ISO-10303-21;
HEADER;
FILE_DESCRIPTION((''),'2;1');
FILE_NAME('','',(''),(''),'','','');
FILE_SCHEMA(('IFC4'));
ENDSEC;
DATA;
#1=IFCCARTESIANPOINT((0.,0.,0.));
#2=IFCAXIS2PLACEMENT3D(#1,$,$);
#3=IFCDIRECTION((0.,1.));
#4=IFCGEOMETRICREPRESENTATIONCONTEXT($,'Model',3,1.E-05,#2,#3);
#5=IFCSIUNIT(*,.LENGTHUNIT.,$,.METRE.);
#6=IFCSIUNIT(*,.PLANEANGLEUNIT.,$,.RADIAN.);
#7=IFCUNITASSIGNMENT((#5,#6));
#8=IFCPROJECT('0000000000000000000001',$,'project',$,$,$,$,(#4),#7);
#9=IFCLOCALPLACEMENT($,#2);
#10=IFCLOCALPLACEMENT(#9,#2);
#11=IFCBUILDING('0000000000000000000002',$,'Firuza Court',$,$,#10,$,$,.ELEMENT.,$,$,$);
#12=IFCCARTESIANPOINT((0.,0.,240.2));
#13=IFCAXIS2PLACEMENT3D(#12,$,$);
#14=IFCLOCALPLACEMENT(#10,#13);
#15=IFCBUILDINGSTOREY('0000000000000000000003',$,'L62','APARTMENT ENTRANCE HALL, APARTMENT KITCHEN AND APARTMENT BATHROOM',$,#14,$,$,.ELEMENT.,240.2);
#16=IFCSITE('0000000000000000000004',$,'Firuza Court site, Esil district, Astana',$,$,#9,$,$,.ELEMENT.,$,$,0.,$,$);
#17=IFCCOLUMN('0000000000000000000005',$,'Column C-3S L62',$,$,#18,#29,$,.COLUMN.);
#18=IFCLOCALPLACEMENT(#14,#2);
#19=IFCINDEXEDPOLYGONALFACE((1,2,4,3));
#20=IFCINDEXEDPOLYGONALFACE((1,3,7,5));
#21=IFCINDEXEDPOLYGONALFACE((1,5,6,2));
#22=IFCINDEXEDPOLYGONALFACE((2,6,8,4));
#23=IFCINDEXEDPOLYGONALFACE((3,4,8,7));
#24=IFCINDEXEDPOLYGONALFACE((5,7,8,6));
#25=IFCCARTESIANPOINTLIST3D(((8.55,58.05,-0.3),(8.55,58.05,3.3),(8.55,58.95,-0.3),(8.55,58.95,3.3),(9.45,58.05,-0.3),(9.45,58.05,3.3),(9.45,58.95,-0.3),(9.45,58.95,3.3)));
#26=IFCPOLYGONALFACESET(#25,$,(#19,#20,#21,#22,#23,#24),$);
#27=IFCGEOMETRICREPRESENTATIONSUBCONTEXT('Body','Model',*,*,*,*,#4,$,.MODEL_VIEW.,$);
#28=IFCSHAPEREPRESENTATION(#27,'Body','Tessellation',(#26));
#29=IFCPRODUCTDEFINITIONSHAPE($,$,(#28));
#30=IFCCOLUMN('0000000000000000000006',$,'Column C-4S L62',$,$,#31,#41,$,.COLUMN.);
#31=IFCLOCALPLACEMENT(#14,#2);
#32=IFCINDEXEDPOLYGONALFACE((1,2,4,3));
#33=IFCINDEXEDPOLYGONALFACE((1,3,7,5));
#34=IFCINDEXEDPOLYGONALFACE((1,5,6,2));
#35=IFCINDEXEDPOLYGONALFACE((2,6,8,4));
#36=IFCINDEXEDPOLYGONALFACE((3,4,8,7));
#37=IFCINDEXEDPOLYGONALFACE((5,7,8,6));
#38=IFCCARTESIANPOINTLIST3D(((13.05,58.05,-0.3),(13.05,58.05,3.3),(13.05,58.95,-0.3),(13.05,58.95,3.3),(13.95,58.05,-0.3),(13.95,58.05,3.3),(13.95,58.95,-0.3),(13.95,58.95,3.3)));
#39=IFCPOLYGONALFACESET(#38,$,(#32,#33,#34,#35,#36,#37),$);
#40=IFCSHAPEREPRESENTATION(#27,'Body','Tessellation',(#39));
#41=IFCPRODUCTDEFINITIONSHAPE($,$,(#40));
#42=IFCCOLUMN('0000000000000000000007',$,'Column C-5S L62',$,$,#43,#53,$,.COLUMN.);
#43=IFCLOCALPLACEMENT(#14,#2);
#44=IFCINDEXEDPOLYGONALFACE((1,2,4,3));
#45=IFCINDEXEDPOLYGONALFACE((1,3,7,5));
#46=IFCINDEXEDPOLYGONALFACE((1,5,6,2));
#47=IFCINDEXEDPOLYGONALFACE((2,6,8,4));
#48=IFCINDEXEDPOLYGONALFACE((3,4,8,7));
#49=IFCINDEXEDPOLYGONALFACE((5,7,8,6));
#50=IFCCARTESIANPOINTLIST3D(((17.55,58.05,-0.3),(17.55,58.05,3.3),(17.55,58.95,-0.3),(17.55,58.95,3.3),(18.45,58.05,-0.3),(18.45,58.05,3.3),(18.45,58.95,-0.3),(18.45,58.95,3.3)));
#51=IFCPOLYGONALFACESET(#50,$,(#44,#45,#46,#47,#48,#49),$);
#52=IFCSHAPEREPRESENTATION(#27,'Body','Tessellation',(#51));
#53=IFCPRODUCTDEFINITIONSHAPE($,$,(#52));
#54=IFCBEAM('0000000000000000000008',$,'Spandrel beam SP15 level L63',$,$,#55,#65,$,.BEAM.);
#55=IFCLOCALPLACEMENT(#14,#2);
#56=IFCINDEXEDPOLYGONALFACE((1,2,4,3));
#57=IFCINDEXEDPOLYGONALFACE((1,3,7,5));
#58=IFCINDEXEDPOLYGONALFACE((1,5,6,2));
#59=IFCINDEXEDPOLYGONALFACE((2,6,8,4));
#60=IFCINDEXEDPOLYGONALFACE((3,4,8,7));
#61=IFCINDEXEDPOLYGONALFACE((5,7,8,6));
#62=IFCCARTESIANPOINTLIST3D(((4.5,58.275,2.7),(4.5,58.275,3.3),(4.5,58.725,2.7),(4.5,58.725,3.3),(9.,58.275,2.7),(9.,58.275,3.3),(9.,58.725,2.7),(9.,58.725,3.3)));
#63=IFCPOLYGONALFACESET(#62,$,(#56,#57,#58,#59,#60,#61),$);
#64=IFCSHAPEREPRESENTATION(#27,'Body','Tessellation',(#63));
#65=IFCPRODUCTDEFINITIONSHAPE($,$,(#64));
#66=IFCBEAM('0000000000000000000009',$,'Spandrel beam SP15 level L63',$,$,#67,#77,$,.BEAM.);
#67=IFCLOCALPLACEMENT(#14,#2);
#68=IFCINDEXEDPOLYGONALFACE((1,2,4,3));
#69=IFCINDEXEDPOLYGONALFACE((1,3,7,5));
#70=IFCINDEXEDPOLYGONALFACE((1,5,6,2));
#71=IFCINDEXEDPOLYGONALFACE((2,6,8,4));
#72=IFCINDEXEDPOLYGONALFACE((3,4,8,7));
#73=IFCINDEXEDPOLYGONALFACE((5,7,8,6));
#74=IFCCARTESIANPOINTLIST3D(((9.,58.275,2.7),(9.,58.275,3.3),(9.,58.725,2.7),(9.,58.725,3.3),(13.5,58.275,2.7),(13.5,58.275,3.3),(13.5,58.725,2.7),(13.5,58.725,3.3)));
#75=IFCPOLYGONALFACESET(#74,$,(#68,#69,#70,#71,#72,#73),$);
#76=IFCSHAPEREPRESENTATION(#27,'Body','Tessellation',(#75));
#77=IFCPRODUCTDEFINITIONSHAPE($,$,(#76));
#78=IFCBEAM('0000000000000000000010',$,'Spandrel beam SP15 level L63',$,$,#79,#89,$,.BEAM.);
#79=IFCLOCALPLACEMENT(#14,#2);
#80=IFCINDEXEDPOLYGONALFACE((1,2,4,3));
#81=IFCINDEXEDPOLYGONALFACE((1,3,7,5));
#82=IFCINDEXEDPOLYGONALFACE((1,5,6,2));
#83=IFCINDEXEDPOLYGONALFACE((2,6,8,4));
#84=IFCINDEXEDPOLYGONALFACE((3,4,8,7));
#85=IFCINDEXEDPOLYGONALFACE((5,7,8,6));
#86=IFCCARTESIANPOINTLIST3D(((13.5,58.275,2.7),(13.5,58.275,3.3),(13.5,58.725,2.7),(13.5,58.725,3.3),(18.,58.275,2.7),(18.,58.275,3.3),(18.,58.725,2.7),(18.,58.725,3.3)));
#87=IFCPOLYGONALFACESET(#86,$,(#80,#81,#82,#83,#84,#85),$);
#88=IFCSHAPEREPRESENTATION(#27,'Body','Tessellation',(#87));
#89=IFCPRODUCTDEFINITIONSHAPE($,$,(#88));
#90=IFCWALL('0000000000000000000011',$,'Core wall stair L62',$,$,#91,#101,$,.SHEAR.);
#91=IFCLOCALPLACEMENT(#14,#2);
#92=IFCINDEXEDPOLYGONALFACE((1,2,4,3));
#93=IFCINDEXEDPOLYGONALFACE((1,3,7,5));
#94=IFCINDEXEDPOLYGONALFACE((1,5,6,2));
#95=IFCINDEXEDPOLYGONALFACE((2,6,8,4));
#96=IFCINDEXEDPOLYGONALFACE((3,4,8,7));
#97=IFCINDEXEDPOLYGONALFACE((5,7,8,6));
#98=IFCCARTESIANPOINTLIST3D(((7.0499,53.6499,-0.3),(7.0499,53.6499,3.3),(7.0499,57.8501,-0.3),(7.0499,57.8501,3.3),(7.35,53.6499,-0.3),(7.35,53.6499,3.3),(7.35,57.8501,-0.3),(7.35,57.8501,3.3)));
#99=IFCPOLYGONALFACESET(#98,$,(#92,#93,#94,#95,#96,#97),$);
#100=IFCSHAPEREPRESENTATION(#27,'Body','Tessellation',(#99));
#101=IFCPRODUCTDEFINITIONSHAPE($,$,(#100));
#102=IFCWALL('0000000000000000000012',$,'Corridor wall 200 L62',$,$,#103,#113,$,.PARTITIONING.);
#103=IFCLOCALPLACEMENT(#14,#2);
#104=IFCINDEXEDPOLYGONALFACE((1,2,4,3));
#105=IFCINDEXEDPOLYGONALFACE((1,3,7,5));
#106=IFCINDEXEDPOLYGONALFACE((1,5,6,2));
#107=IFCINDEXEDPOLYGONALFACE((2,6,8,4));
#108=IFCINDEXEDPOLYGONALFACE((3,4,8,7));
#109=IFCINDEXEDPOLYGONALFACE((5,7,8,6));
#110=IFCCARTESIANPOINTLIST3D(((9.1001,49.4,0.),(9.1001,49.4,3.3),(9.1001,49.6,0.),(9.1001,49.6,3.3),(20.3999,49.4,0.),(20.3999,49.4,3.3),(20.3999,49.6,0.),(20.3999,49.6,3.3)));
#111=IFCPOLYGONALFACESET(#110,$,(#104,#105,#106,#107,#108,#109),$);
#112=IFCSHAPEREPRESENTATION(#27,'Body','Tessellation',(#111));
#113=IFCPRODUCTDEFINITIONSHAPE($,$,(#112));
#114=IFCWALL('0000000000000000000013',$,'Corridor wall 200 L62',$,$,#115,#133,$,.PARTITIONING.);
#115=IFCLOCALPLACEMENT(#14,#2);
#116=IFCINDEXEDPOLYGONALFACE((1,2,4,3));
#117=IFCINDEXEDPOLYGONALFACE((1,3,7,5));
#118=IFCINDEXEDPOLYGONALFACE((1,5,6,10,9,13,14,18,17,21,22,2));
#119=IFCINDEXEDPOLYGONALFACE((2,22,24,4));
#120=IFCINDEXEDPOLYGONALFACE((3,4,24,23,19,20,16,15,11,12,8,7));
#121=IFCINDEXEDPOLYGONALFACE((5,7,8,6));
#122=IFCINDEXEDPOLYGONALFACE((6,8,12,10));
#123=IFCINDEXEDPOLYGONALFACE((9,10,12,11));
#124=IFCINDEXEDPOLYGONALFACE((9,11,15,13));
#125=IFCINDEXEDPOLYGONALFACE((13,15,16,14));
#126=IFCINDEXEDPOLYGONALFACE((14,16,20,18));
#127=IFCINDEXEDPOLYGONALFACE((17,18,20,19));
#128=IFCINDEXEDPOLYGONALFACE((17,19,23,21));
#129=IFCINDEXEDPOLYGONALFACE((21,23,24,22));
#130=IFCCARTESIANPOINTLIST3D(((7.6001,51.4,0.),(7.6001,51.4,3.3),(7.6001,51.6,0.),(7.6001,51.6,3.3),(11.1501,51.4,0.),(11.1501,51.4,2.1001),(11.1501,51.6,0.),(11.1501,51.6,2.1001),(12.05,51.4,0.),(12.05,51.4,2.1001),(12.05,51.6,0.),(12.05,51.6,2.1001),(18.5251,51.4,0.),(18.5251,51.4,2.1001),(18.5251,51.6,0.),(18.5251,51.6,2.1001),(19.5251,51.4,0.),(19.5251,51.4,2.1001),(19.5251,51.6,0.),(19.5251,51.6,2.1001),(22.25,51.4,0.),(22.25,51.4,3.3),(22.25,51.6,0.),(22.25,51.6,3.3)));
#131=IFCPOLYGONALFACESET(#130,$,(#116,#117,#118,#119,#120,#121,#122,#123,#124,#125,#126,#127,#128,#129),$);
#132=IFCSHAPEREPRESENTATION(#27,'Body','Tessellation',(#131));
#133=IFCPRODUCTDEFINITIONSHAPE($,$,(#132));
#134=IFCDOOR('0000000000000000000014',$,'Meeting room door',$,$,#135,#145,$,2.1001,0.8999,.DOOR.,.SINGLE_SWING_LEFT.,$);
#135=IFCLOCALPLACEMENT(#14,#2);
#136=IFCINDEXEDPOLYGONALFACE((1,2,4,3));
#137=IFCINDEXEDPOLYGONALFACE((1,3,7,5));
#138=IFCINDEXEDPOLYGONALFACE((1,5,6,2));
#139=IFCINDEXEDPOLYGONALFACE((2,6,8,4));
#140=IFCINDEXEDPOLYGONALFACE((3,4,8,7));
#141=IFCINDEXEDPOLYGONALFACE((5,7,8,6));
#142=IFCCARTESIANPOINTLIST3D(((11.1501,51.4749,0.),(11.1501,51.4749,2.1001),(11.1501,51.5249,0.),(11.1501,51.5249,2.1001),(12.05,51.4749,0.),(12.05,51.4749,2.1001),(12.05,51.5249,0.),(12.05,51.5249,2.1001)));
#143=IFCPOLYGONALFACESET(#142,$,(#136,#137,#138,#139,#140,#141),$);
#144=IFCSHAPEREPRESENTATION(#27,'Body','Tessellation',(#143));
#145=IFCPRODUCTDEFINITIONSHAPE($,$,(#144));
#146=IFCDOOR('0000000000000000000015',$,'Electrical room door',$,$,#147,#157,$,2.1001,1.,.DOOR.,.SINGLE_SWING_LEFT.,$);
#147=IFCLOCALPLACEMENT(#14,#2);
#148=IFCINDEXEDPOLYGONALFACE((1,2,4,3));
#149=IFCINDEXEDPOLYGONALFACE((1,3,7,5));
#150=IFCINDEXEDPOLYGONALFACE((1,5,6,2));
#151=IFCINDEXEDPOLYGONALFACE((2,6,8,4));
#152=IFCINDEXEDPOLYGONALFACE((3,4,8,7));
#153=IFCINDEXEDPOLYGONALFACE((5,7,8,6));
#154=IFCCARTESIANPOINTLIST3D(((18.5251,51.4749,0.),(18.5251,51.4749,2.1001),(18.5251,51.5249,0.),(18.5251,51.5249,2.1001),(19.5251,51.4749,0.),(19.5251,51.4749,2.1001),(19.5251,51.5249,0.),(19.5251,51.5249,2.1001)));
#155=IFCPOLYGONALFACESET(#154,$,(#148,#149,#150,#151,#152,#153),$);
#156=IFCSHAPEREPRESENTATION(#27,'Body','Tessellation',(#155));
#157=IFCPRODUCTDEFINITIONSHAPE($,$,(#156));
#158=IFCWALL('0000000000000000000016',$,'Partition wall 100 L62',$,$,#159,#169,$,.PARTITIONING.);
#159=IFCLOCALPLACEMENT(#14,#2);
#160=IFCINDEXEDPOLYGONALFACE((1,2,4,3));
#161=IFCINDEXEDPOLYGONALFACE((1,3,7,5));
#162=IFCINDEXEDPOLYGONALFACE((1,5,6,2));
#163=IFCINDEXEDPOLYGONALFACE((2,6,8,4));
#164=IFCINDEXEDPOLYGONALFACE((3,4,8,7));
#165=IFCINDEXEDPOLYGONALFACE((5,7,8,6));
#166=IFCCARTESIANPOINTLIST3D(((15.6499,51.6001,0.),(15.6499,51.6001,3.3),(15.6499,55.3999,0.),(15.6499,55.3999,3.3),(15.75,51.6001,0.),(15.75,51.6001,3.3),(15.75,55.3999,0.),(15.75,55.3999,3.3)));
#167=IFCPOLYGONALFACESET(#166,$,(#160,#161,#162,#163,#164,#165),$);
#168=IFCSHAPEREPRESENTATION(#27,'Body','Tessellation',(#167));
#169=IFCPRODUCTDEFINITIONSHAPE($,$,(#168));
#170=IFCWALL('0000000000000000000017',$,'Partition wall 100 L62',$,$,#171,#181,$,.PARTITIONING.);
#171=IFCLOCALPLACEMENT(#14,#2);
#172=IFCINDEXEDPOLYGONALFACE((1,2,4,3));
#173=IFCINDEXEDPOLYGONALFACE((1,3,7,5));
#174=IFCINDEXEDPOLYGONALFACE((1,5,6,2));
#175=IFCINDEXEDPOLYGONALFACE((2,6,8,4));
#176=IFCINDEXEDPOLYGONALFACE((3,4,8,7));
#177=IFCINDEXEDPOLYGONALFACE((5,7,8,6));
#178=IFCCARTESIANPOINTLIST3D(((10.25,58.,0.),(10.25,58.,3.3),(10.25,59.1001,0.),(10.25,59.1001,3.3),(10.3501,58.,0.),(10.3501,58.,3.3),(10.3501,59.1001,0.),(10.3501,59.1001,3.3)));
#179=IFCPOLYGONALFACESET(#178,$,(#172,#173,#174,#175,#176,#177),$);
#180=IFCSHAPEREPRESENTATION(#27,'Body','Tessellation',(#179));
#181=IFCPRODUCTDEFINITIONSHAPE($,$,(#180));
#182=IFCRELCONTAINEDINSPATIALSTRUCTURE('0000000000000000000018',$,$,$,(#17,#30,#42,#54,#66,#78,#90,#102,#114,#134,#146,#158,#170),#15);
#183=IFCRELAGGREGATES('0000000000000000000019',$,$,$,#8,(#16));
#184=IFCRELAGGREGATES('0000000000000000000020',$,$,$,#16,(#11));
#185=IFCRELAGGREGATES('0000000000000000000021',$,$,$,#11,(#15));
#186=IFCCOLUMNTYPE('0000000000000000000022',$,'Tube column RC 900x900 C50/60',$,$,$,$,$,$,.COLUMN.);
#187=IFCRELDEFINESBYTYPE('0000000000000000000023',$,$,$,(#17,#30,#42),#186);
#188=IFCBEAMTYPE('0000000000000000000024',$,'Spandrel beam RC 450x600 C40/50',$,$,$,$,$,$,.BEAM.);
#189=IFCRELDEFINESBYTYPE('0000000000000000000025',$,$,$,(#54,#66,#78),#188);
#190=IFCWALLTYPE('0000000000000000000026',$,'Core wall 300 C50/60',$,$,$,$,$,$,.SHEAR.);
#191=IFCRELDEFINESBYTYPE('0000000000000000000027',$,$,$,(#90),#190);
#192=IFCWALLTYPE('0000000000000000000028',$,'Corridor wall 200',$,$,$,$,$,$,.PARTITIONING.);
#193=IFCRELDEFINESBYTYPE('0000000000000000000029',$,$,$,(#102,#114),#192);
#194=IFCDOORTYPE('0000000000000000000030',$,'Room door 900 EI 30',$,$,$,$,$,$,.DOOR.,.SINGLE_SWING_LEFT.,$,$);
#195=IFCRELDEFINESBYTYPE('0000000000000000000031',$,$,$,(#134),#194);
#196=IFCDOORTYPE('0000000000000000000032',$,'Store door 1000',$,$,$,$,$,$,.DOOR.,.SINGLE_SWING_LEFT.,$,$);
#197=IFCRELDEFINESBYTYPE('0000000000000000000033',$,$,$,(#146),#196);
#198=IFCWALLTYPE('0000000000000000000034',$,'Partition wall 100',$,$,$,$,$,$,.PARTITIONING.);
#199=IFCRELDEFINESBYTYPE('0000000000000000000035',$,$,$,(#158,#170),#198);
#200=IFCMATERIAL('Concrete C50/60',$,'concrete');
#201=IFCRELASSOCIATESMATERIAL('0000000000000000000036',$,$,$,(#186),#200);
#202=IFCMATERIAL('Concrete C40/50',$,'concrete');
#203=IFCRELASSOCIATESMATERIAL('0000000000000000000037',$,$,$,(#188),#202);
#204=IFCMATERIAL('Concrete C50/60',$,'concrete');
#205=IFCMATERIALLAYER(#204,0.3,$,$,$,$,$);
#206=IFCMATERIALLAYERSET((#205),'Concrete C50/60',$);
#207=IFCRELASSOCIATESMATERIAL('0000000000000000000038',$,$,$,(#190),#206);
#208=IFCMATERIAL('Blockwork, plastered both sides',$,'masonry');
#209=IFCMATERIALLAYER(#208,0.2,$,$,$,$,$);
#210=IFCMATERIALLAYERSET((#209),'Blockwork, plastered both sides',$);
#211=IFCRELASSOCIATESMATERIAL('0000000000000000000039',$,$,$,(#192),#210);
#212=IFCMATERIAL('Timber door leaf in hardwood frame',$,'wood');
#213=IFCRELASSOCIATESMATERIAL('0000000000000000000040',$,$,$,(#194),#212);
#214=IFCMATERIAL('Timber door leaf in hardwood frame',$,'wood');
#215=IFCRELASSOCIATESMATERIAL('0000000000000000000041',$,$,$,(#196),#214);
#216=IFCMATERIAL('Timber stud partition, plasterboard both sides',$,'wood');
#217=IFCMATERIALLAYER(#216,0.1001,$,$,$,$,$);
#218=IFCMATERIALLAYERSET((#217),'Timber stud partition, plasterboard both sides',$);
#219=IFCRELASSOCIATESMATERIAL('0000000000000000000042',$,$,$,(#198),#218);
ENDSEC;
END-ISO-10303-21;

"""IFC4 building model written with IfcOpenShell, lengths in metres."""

from ifc_helpers import new_model, si_unit, direction, frame, frame_2d, origin, origin_2d, place, context, subcontext, project, spatial, rectangle, extrude, material, layer, layer_set, material_profile, profile_set, type_object, element, fill, save


model = new_model("IFC4")

# Units and contexts
model_context = context("Model", 3, precision=1e-05, world=origin(), true_north=direction((0.0, 1.0)))
body_context = subcontext(model_context, "Body", "Model", "MODEL_VIEW")
ifc_project = project(units=[si_unit("LENGTHUNIT", "METRE"), si_unit("PLANEANGLEUNIT", "RADIAN")], contexts=[model_context])

# Site, building, storey
site_placement = place(None, origin())
site = spatial("IfcSite", under=ifc_project, at=site_placement, Name="Firuza Court site, Esil district, Astana", CompositionType="ELEMENT", RefElevation=0.0)
building_placement = place(site_placement, origin())
building = spatial("IfcBuilding", under=site, at=building_placement, Name="Firuza Court", CompositionType="ELEMENT")
storey_placement = place(building_placement, frame((0.0, 0.0, 240.2)))
storey = spatial("IfcBuildingStorey", under=building, at=storey_placement, Name="L62", Description="APARTMENT ENTRANCE HALL, APARTMENT KITCHEN AND APARTMENT BATHROOM", CompositionType="ELEMENT", Elevation=240.2)

# Columns
ifc_material_1 = material(Name="Concrete C50/60", Category="concrete")
ifc_material_profile_1 = material_profile(ifc_material_1, rectangle(XDim=0.8999, YDim=0.8999, at=origin_2d()), Name="RC 900x900")
ifc_profile_set_1 = profile_set([ifc_material_profile_1], Name="Concrete C50/60")
column_type = type_object("IfcColumnType", Name="Tube column RC 900x900 C50/60", PredefinedType="COLUMN", material=ifc_profile_set_1)
for number, where, z_axis, x_axis, name in (
    (1, (9.0, 58.5, -0.3), (0.0, 0.0, 1.0), (1.0, 0.0, 0.0), "Column C-3S L62"),
    (2, (13.5, 58.5, -0.3), (0.0, 0.0, 1.0), (1.0, 0.0, 0.0), "Column C-4S L62"),
    (3, (18.0, 58.5, -0.3), (0.0, 0.0, 1.0), (1.0, 0.0, 0.0), "Column C-5S L62"),
):
    element("IfcColumn", number, at=place(storey_placement, frame(where, z_axis=z_axis, x_axis=x_axis)), inside=storey, type_object=column_type, Name=name, PredefinedType="COLUMN", context=body_context, shape_type="SweptSolid", body=[
        extrude(rectangle(XDim=0.8999, YDim=0.8999, at=origin_2d()), origin(), (0.0, 0.0, 1.0), 3.6001),
    ])

# Beams
ifc_material_2 = material(Name="Concrete C40/50", Category="concrete")
ifc_material_profile_2 = material_profile(ifc_material_2, rectangle(XDim=0.45, YDim=0.6001, at=origin_2d()), Name="RC 450x600")
ifc_profile_set_2 = profile_set([ifc_material_profile_2], Name="Concrete C40/50")
beam_type = type_object("IfcBeamType", Name="Spandrel beam RC 450x600 C40/50", PredefinedType="BEAM", material=ifc_profile_set_2)
for number, where, z_axis, x_axis, name in (
    (4, (9.0, 58.5, 3.0), (-1.0, 0.0, 0.0), (0.0, -1.0, 0.0), "Spandrel beam SP15 level L63"),
    (5, (13.5, 58.5, 3.0), (-1.0, 0.0, 0.0), (0.0, -1.0, 0.0), "Spandrel beam SP15 level L63"),
    (6, (18.0, 58.5, 3.0), (-1.0, 0.0, 0.0), (0.0, -1.0, 0.0), "Spandrel beam SP15 level L63"),
):
    element("IfcBeam", number, at=place(storey_placement, frame(where, z_axis=z_axis, x_axis=x_axis)), inside=storey, type_object=beam_type, Name=name, PredefinedType="BEAM", context=body_context, shape_type="SweptSolid", body=[
        extrude(rectangle(XDim=0.45, YDim=0.6001, at=origin_2d()), origin(), (0.0, 0.0, 1.0), 4.5),
    ])

# Walls
ifc_material_3 = material(Name="Concrete C50/60", Category="concrete")
ifc_layer_1 = layer(ifc_material_3, 0.3)
ifc_layer_set_1 = layer_set([ifc_layer_1], Name="Concrete C50/60")
wall_type_1 = type_object("IfcWallType", Name="Core wall 300 C50/60", PredefinedType="SHEAR", material=ifc_layer_set_1)
wall_1_placement = place(storey_placement, frame((7.2, 53.6499, -0.3), z_axis=(0.0, 0.0, 1.0), x_axis=(0.0, 1.0, 0.0)))
element("IfcWall", 7, at=wall_1_placement, inside=storey, type_object=wall_type_1, Name="Core wall stair L62", PredefinedType="SHEAR", context=body_context, shape_type="SweptSolid", body=[
    extrude(rectangle(XDim=4.2002, YDim=0.3, at=frame_2d((2.1001, 0.0))), origin(), (0.0, 0.0, 1.0), 3.6001),
])
ifc_material_4 = material(Name="Blockwork, plastered both sides", Category="masonry")
ifc_layer_2 = layer(ifc_material_4, 0.2)
ifc_layer_set_2 = layer_set([ifc_layer_2], Name="Blockwork, plastered both sides")
wall_type_2 = type_object("IfcWallType", Name="Corridor wall 200", PredefinedType="PARTITIONING", material=ifc_layer_set_2)
wall_2_placement = place(storey_placement, frame((9.1001, 49.5, 0.0), z_axis=(0.0, 0.0, 1.0), x_axis=(1.0, 0.0, 0.0)))
element("IfcWall", 8, at=wall_2_placement, inside=storey, type_object=wall_type_2, Name="Corridor wall 200 L62", PredefinedType="PARTITIONING", context=body_context, shape_type="SweptSolid", body=[
    extrude(rectangle(XDim=11.2998, YDim=0.2, at=frame_2d((5.6499, 0.0))), origin(), (0.0, 0.0, 1.0), 3.3),
])

# Wall, openings, doors
wall_3_placement = place(storey_placement, frame((7.6001, 51.5, 0.0), z_axis=(0.0, 0.0, 1.0), x_axis=(1.0, 0.0, 0.0)))
wall_3 = element("IfcWall", 9, at=wall_3_placement, inside=storey, type_object=wall_type_2, Name="Corridor wall 200 L62", PredefinedType="PARTITIONING", context=body_context, shape_type="SweptSolid", body=[
    extrude(rectangle(XDim=14.6499, YDim=0.2, at=frame_2d((7.325, 0.0))), origin(), (0.0, 0.0, 1.0), 3.3),
])
opening_1_placement = place(wall_3_placement, frame((3.55, 0.0, 0.0)))
opening_1 = element("IfcOpeningElement", 10, at=opening_1_placement, cuts=wall_3, PredefinedType="OPENING", context=body_context, shape_type="SweptSolid", body=[
    extrude(rectangle(XDim=0.8999, YDim=2.1001, at=frame_2d((0.45, 1.05))), frame((0.0, 0.1118, 0.0), z_axis=(0.0, -1.0, 0.0), x_axis=(1.0, 0.0, 0.0)), (0.0, 0.0, 1.0), 0.2239),
])
opening_2_placement = place(wall_3_placement, frame((10.925, 0.0, 0.0)))
opening_2 = element("IfcOpeningElement", 11, at=opening_2_placement, cuts=wall_3, PredefinedType="OPENING", context=body_context, shape_type="SweptSolid", body=[
    extrude(rectangle(XDim=1.0, YDim=2.1001, at=frame_2d((0.5, 1.05))), frame((0.0, 0.1118, 0.0), z_axis=(0.0, -1.0, 0.0), x_axis=(1.0, 0.0, 0.0)), (0.0, 0.0, 1.0), 0.2239),
])
ifc_material_5 = material(Name="Timber door leaf in hardwood frame", Category="wood")
door_type_1 = type_object("IfcDoorType", Name="Room door 900 EI 30", OperationType="SINGLE_SWING_LEFT", PredefinedType="DOOR", material=ifc_material_5)
door_1_placement = place(opening_1_placement, origin())
door_1 = element("IfcDoor", 12, at=door_1_placement, inside=storey, type_object=door_type_1, Name="Meeting room door", OperationType="SINGLE_SWING_LEFT", OverallHeight=2.1001, OverallWidth=0.8999, PredefinedType="DOOR", context=body_context, shape_type="SweptSolid", body=[
    extrude(rectangle(XDim=0.8999, YDim=2.1001, at=frame_2d((0.45, 1.05))), frame((0.0, 0.0249, 0.0), z_axis=(0.0, -1.0, 0.0), x_axis=(1.0, 0.0, 0.0)), (0.0, 0.0, 1.0), 0.05),
])
fill(opening_1, door_1)
ifc_material_6 = material(Name="Timber door leaf in hardwood frame", Category="wood")
door_type_2 = type_object("IfcDoorType", Name="Store door 1000", OperationType="SINGLE_SWING_LEFT", PredefinedType="DOOR", material=ifc_material_6)
door_2_placement = place(opening_2_placement, origin())
door_2 = element("IfcDoor", 13, at=door_2_placement, inside=storey, type_object=door_type_2, Name="Electrical room door", OperationType="SINGLE_SWING_LEFT", OverallHeight=2.1001, OverallWidth=1.0, PredefinedType="DOOR", context=body_context, shape_type="SweptSolid", body=[
    extrude(rectangle(XDim=1.0, YDim=2.1001, at=frame_2d((0.5, 1.05))), frame((0.0, 0.0249, 0.0), z_axis=(0.0, -1.0, 0.0), x_axis=(1.0, 0.0, 0.0)), (0.0, 0.0, 1.0), 0.05),
])
fill(opening_2, door_2)

# Walls
ifc_material_7 = material(Name="Timber stud partition, plasterboard both sides", Category="wood")
ifc_layer_3 = layer(ifc_material_7, 0.1001)
ifc_layer_set_3 = layer_set([ifc_layer_3], Name="Timber stud partition, plasterboard both sides")
wall_type_3 = type_object("IfcWallType", Name="Partition wall 100", PredefinedType="PARTITIONING", material=ifc_layer_set_3)
wall_4_placement = place(storey_placement, frame((15.7, 51.6001, 0.0), z_axis=(0.0, 0.0, 1.0), x_axis=(0.0, 1.0, 0.0)))
element("IfcWall", 14, at=wall_4_placement, inside=storey, type_object=wall_type_3, Name="Partition wall 100 L62", PredefinedType="PARTITIONING", context=body_context, shape_type="SweptSolid", body=[
    extrude(rectangle(XDim=3.7998, YDim=0.1001, at=frame_2d((1.8999, 0.0))), origin(), (0.0, 0.0, 1.0), 3.3),
])
for number, where, z_axis, x_axis, name in (
    (15, (10.3, 58.0, 0.0), (0.0, 0.0, 1.0), (0.0, 1.0, 0.0), "Partition wall 100 L62"),
):
    element("IfcWall", number, at=place(storey_placement, frame(where, z_axis=z_axis, x_axis=x_axis)), inside=storey, type_object=wall_type_3, Name=name, PredefinedType="PARTITIONING", context=body_context, shape_type="SweptSolid", body=[
        extrude(rectangle(XDim=1.1001, YDim=0.1001, at=frame_2d((0.55, 0.0))), origin(), (0.0, 0.0, 1.0), 3.3),
    ])

save(model, "model.ifc")
